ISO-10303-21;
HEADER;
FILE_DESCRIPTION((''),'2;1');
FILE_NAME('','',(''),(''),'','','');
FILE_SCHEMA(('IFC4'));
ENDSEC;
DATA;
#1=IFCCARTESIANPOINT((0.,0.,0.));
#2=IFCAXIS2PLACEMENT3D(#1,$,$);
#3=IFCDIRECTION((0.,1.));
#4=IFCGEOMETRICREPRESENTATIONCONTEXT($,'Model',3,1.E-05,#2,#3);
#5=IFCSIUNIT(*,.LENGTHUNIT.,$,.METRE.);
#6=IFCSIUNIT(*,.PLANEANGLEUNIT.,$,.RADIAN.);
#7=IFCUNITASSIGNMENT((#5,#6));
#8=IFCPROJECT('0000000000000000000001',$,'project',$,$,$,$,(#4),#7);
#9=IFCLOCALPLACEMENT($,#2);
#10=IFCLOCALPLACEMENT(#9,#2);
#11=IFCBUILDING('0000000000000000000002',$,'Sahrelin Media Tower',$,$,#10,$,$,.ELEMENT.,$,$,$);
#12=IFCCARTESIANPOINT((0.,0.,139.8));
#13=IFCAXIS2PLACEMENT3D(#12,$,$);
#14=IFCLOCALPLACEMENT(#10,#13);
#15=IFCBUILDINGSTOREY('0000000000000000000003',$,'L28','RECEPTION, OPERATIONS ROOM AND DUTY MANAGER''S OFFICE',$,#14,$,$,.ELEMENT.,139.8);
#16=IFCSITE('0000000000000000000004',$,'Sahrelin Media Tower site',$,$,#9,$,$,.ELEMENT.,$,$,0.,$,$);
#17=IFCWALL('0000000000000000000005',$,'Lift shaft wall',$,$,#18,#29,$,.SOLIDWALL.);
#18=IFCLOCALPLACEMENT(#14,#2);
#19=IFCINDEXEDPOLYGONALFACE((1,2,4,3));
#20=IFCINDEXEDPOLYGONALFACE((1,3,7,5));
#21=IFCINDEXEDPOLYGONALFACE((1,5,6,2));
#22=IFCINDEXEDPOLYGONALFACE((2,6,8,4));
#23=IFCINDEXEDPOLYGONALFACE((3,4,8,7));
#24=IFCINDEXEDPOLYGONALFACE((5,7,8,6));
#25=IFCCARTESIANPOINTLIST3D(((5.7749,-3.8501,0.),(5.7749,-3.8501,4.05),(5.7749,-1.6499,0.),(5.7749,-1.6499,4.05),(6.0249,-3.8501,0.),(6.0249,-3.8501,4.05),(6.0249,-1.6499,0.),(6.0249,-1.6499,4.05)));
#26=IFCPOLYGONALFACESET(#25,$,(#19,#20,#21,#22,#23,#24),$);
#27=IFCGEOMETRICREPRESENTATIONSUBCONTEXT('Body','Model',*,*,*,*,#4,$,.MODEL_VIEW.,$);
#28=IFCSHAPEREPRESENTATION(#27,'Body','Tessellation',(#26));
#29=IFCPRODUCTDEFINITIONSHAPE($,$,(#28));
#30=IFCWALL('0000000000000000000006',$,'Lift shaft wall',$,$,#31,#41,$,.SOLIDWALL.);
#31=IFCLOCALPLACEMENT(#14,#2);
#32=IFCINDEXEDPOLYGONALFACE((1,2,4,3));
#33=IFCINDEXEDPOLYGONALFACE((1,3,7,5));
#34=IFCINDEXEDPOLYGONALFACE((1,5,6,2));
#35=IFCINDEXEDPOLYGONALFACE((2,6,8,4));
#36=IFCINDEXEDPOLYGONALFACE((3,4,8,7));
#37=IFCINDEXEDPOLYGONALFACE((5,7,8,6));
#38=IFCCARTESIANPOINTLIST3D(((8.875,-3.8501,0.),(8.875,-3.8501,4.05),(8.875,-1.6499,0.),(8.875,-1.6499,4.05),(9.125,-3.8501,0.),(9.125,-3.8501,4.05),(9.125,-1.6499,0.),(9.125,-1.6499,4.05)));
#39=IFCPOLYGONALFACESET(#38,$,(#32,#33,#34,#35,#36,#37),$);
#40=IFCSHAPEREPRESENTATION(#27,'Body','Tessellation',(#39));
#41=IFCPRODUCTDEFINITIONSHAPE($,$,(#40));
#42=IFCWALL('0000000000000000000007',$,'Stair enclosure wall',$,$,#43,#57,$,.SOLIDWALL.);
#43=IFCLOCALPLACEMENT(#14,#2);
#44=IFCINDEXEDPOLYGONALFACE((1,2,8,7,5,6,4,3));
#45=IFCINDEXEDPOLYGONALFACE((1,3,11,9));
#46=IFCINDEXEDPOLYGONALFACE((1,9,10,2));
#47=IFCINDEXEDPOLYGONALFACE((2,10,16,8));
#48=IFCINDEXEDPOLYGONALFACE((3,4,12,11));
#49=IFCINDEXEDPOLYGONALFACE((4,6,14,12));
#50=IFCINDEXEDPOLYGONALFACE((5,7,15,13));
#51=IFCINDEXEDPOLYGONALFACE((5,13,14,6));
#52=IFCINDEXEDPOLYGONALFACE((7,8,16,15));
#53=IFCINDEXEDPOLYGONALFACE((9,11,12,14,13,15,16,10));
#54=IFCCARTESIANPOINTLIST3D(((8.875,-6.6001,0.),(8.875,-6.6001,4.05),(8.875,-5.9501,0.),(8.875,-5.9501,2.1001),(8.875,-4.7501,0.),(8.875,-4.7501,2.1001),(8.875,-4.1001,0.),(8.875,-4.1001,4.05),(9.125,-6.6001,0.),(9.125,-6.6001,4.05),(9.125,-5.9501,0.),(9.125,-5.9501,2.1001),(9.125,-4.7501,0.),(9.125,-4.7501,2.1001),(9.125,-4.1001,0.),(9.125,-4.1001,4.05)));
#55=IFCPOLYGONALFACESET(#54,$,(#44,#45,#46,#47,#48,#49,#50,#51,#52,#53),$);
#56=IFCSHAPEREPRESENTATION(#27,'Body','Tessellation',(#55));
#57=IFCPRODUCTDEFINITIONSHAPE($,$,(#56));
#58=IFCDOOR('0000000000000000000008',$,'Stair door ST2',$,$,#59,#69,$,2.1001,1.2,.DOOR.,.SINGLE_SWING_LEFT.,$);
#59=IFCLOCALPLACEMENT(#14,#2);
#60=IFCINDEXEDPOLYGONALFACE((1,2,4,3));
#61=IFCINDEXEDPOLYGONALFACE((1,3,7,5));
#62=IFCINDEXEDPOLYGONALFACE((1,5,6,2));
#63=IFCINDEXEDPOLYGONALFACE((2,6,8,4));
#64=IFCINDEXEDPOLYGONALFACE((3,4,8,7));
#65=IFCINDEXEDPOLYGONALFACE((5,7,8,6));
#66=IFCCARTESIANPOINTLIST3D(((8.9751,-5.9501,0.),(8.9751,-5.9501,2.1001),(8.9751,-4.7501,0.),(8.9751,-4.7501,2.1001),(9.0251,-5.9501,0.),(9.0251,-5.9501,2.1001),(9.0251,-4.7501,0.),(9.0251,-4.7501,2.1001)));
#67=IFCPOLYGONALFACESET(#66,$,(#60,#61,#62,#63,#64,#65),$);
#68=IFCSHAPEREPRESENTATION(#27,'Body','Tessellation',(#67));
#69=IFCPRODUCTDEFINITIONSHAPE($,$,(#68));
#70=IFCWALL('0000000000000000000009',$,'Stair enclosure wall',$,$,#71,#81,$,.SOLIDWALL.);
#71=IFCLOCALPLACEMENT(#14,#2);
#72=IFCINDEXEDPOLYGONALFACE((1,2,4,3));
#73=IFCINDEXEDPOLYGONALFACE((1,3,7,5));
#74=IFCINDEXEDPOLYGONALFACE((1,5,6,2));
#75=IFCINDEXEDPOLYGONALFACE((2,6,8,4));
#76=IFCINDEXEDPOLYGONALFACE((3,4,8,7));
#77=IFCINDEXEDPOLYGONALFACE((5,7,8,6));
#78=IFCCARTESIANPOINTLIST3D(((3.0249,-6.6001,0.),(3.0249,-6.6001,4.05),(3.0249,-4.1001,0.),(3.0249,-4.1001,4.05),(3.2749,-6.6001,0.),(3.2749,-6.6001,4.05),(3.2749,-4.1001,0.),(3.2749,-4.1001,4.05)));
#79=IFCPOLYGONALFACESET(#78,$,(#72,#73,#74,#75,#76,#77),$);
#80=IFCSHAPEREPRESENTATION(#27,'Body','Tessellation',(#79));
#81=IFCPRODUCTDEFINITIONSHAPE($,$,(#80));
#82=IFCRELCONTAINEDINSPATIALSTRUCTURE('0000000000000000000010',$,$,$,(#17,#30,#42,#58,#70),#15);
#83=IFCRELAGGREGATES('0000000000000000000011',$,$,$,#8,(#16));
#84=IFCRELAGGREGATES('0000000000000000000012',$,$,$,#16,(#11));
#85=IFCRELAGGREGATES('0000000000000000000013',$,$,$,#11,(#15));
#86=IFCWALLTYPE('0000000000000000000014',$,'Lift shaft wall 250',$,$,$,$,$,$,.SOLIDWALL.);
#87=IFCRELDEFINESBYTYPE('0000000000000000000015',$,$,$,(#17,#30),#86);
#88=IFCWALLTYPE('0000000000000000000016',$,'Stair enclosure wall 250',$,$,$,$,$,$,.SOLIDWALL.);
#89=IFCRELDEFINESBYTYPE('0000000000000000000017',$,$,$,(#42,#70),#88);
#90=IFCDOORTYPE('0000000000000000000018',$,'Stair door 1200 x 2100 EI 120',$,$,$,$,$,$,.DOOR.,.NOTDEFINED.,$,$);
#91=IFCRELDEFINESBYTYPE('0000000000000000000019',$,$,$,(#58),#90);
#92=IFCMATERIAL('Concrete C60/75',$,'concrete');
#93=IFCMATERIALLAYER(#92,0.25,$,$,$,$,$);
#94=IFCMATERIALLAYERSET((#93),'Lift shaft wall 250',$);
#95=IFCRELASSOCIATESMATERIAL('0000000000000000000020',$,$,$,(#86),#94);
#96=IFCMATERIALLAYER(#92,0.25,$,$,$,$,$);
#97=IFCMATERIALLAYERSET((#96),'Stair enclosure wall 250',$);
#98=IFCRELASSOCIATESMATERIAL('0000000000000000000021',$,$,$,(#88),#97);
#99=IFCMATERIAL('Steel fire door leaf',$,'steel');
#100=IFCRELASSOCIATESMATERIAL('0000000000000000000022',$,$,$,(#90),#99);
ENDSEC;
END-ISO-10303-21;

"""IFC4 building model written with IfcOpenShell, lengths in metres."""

from ifc_helpers import new_model, si_unit, direction, frame, frame_2d, origin, place, context, subcontext, project, spatial, rectangle, extrude, material, layer, layer_set, type_object, element, fill, save


model = new_model("IFC4")

# Units and contexts
model_context = context("Model", 3, precision=1e-05, world=origin(), true_north=direction((0.0, 1.0)))
body_context = subcontext(model_context, "Body", "Model", "MODEL_VIEW")
ifc_project = project(units=[si_unit("LENGTHUNIT", "METRE"), si_unit("PLANEANGLEUNIT", "RADIAN")], contexts=[model_context])

# Site, building, storey
site_placement = place(None, origin())
site = spatial("IfcSite", under=ifc_project, at=site_placement, Name="Sahrelin Media Tower site", CompositionType="ELEMENT", RefElevation=0.0)
building_placement = place(site_placement, origin())
building = spatial("IfcBuilding", under=site, at=building_placement, Name="Sahrelin Media Tower", CompositionType="ELEMENT")
storey_placement = place(building_placement, frame((0.0, 0.0, 139.8)))
storey = spatial("IfcBuildingStorey", under=building, at=storey_placement, Name="L28", Description="RECEPTION, OPERATIONS ROOM AND DUTY MANAGER'S OFFICE", CompositionType="ELEMENT", Elevation=139.8)

# Walls
ifc_material_1 = material(Name="Concrete C60/75", Category="concrete")
ifc_layer_1 = layer(ifc_material_1, 0.25)
ifc_layer_set_1 = layer_set([ifc_layer_1], Name="Lift shaft wall 250")
wall_type_1 = type_object("IfcWallType", Name="Lift shaft wall 250", PredefinedType="SOLIDWALL", material=ifc_layer_set_1)
for number, where, z_axis, x_axis, name in (
    (1, (5.8999, -3.8501, 0.0), (0.0, 0.0, 1.0), (0.0, 1.0, 0.0), "Lift shaft wall"),
    (2, (9.0, -3.8501, 0.0), (0.0, 0.0, 1.0), (0.0, 1.0, 0.0), "Lift shaft wall"),
):
    element("IfcWall", number, at=place(storey_placement, frame(where, z_axis=z_axis, x_axis=x_axis)), inside=storey, type_object=wall_type_1, Name=name, PredefinedType="SOLIDWALL", context=body_context, shape_type="SweptSolid", body=[
        extrude(rectangle(XDim=2.2002, YDim=0.25, at=frame_2d((1.1001, 0.0))), origin(), (0.0, 0.0, 1.0), 4.05),
    ])

# Wall, opening, door
ifc_layer_2 = layer(ifc_material_1, 0.25)
ifc_layer_set_2 = layer_set([ifc_layer_2], Name="Stair enclosure wall 250")
wall_type_2 = type_object("IfcWallType", Name="Stair enclosure wall 250", PredefinedType="SOLIDWALL", material=ifc_layer_set_2)
wall_1_placement = place(storey_placement, frame((9.0, -6.6001, 0.0), z_axis=(0.0, 0.0, 1.0), x_axis=(0.0, 1.0, 0.0)))
wall_1 = element("IfcWall", 3, at=wall_1_placement, inside=storey, type_object=wall_type_2, Name="Stair enclosure wall", PredefinedType="SOLIDWALL", context=body_context, shape_type="SweptSolid", body=[
    extrude(rectangle(XDim=2.5, YDim=0.25, at=frame_2d((1.25, 0.0))), origin(), (0.0, 0.0, 1.0), 4.05),
])
opening_placement = place(wall_1_placement, frame((0.6499, 0.0, 0.0)))
opening = element("IfcOpeningElement", 4, at=opening_placement, cuts=wall_1, PredefinedType="OPENING", context=body_context, shape_type="SweptSolid", body=[
    extrude(rectangle(XDim=1.2, YDim=2.1001, at=frame_2d((0.6001, 1.05))), frame((0.0, 0.125, 0.0), z_axis=(0.0, -1.0, 0.0), x_axis=(1.0, 0.0, 0.0)), (0.0, 0.0, 1.0), 0.25),
])
ifc_material_2 = material(Name="Steel fire door leaf", Category="steel")
door_type = type_object("IfcDoorType", Name="Stair door 1200 x 2100 EI 120", OperationType="NOTDEFINED", PredefinedType="DOOR", material=ifc_material_2)
door_placement = place(opening_placement, origin())
door = element("IfcDoor", 5, at=door_placement, inside=storey, type_object=door_type, Name="Stair door ST2", OperationType="SINGLE_SWING_LEFT", OverallHeight=2.1001, OverallWidth=1.2, PredefinedType="DOOR", context=body_context, shape_type="SweptSolid", body=[
    extrude(rectangle(XDim=1.2, YDim=2.1001, at=frame_2d((0.6001, 1.05))), frame((0.0, 0.0249, 0.0), z_axis=(0.0, -1.0, 0.0), x_axis=(1.0, 0.0, 0.0)), (0.0, 0.0, 1.0), 0.05),
])
fill(opening, door)

# Wall
wall_2_placement = place(storey_placement, frame((3.1499, -6.6001, 0.0), z_axis=(0.0, 0.0, 1.0), x_axis=(0.0, 1.0, 0.0)))
element("IfcWall", 6, at=wall_2_placement, inside=storey, type_object=wall_type_2, Name="Stair enclosure wall", PredefinedType="SOLIDWALL", context=body_context, shape_type="SweptSolid", body=[
    extrude(rectangle(XDim=2.5, YDim=0.25, at=frame_2d((1.25, 0.0))), origin(), (0.0, 0.0, 1.0), 4.05),
])

save(model, "model.ifc")
